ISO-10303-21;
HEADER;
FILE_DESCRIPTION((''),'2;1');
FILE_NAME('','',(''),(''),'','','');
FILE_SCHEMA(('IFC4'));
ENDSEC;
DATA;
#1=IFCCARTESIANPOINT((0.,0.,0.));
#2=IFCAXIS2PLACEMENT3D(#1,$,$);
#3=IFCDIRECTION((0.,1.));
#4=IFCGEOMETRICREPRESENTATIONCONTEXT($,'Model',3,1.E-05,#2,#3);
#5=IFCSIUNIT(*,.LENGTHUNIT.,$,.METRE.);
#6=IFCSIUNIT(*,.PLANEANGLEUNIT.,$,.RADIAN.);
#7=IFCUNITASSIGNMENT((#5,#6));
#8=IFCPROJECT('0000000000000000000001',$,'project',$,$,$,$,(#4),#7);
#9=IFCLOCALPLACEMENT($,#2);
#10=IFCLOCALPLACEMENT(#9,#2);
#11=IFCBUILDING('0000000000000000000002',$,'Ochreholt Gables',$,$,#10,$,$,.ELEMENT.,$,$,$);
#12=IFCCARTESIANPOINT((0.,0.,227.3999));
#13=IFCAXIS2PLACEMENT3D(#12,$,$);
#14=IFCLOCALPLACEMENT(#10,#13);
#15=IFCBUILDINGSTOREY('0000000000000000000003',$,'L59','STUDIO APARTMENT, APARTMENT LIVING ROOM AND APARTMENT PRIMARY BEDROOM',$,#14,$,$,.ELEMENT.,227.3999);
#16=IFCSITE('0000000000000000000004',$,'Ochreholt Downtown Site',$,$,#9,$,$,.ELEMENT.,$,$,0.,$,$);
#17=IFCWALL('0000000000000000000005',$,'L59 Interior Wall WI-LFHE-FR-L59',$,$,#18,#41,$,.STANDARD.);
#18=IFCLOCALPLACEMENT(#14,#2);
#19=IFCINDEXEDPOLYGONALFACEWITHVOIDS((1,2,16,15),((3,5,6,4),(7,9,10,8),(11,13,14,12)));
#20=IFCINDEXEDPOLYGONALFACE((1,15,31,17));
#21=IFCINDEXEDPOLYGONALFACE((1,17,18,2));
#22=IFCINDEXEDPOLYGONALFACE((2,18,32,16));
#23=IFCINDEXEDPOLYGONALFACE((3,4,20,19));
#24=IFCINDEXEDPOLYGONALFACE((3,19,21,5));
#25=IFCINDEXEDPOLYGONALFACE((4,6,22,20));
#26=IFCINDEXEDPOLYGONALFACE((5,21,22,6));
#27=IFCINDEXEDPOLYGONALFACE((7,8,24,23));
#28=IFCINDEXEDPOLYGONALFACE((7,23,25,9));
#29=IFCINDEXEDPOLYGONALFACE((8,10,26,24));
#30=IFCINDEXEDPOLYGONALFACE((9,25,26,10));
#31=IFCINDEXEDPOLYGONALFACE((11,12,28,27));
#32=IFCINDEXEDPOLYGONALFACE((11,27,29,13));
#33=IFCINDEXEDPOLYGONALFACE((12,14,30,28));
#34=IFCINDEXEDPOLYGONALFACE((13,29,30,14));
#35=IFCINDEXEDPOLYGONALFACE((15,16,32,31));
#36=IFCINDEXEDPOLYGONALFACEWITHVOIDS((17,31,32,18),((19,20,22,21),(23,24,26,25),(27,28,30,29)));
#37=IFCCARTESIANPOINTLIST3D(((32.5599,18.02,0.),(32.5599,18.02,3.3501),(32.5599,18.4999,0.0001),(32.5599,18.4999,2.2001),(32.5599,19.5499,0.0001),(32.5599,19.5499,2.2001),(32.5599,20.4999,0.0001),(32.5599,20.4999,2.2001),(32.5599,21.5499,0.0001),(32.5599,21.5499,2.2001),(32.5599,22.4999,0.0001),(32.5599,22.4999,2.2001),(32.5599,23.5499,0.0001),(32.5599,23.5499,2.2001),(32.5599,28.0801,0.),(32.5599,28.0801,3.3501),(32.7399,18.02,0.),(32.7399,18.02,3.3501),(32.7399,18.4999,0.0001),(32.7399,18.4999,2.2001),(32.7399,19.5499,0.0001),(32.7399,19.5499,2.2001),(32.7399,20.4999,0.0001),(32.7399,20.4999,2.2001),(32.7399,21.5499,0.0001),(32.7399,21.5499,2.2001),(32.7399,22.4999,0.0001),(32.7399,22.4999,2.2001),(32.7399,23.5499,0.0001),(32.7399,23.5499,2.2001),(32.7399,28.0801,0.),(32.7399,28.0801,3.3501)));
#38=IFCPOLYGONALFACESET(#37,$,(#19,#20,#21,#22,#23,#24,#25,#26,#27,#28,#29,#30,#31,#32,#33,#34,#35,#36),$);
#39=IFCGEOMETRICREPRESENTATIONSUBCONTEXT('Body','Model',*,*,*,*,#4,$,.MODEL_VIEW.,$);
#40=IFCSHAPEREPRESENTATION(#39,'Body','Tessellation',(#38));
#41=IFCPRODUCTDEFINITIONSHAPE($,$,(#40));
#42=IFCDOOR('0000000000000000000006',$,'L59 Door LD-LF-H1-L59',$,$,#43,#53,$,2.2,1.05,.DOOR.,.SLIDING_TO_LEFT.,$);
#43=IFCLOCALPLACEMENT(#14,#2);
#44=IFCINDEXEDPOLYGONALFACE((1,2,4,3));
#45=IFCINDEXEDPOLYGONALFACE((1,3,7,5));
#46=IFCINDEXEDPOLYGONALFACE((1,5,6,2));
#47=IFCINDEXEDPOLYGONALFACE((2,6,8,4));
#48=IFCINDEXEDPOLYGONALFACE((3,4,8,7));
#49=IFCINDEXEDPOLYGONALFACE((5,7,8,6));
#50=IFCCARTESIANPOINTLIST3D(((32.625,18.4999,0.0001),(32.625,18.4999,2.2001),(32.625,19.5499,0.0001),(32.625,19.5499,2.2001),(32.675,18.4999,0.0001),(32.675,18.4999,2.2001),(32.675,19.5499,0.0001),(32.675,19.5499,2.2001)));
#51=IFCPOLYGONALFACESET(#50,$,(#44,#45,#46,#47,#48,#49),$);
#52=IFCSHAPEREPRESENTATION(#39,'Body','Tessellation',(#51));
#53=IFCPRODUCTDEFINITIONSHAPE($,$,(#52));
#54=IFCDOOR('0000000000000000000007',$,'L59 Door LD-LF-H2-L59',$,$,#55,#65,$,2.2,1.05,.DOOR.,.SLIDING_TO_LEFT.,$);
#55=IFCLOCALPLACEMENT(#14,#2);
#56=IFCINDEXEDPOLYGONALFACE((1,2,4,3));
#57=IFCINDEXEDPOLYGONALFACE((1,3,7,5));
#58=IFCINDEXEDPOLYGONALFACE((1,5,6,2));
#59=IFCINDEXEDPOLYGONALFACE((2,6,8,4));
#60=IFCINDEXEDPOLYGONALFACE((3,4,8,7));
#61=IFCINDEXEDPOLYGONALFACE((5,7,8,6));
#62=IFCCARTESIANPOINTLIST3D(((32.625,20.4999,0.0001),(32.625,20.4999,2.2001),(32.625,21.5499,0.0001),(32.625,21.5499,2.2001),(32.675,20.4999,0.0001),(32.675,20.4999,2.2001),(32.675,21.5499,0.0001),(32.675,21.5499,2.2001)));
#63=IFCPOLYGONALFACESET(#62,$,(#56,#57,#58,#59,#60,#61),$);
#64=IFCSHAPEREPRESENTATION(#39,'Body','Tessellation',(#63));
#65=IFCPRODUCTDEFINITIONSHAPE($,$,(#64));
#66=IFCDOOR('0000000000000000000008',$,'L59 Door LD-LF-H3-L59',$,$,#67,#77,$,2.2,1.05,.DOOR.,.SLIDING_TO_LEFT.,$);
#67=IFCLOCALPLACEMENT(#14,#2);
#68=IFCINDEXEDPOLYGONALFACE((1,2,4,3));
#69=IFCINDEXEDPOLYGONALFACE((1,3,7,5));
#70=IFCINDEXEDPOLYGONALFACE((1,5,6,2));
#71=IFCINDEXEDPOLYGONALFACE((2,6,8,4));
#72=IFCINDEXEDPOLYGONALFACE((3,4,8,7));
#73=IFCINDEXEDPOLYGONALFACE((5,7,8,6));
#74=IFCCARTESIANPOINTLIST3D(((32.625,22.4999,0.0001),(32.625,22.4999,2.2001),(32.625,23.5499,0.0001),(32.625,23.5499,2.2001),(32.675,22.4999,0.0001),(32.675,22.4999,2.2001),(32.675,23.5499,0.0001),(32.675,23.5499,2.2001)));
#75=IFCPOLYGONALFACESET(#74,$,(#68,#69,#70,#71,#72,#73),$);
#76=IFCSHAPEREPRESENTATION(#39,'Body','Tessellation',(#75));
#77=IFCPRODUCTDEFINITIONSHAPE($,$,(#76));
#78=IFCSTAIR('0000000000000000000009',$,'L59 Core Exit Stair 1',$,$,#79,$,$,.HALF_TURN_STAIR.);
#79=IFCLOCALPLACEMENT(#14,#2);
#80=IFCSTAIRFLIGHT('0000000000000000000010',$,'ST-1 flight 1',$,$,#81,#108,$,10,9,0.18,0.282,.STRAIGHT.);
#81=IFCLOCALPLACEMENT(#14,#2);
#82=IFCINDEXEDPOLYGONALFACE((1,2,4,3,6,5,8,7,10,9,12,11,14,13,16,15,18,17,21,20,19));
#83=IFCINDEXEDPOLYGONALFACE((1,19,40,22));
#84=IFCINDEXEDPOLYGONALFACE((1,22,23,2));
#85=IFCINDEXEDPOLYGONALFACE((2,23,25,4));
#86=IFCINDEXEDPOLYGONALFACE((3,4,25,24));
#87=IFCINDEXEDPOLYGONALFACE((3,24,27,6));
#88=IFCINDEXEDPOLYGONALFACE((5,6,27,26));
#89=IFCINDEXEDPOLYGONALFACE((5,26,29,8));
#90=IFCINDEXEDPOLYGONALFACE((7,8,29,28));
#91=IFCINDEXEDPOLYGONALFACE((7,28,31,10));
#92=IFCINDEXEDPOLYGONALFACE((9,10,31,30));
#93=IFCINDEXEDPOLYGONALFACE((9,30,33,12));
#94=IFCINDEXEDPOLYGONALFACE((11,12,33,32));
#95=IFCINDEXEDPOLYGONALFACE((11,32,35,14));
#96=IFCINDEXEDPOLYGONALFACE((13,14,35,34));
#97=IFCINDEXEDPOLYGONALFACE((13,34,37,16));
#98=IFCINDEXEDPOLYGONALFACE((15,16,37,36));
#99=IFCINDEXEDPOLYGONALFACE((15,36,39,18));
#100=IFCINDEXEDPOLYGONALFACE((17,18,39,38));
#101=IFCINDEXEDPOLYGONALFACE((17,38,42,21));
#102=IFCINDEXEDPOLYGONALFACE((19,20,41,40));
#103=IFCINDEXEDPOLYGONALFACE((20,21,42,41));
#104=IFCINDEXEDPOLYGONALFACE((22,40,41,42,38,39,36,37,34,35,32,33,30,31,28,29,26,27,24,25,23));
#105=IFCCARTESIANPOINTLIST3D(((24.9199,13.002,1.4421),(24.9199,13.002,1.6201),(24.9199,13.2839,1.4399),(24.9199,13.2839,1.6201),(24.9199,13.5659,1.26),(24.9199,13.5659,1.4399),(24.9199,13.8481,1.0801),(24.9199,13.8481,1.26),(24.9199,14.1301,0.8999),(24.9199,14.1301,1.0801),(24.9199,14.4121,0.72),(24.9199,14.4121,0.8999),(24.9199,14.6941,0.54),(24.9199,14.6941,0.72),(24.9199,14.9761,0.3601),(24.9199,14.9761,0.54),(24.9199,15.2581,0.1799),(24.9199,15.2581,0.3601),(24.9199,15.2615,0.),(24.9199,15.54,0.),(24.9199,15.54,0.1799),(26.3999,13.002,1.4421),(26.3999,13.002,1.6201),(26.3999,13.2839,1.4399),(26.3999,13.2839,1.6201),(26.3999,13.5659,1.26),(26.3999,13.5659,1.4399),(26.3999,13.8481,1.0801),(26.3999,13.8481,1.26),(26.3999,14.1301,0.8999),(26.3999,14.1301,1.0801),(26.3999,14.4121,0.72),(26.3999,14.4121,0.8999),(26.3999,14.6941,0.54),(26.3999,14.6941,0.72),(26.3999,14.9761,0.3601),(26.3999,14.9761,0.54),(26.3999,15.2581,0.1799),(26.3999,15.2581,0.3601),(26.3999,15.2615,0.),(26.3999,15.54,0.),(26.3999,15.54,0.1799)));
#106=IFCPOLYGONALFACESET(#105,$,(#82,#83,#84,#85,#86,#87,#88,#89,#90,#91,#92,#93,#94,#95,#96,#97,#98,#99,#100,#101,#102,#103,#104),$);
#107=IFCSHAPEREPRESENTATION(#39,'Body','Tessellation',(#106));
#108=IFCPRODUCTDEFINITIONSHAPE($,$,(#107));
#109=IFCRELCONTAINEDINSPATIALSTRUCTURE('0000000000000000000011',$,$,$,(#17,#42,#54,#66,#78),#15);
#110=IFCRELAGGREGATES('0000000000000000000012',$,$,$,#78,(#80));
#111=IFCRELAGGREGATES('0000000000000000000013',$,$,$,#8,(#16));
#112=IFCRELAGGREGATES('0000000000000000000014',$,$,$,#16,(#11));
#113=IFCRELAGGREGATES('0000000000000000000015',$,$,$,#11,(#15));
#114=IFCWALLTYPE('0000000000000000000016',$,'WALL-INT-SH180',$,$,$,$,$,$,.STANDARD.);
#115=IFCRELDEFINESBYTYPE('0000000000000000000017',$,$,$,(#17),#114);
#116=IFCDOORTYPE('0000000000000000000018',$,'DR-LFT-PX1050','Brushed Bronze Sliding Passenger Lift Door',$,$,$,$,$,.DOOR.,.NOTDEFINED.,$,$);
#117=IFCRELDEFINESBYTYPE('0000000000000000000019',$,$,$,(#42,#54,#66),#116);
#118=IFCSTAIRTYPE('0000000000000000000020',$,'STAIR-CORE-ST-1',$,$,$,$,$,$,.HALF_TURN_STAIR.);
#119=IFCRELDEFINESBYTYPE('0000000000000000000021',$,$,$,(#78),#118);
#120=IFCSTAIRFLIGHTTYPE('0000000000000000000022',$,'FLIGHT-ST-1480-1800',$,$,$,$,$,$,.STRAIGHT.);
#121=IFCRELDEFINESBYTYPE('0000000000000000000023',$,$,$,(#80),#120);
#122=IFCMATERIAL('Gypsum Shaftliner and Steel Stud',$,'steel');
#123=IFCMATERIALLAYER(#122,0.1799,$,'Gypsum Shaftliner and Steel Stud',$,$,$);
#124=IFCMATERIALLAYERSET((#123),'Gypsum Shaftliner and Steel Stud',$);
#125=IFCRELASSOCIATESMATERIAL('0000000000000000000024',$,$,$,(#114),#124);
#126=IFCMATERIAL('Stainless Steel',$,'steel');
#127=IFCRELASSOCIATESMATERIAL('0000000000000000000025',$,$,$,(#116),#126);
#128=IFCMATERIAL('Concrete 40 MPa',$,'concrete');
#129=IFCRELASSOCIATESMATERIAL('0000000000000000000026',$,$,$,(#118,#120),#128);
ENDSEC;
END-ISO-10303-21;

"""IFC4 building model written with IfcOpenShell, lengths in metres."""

from ifc_helpers import new_model, si_unit, direction, frame, frame_2d, origin, place, context, subcontext, project, spatial, polyline, rectangle, outline, extrude, material, layer, layer_set, type_object, element, fill, aggregate, save


model = new_model("IFC4")

# Units and contexts
model_context = context("Model", 3, precision=1e-05, world=origin(), true_north=direction((0.0, 1.0)))
body_context = subcontext(model_context, "Body", "Model", "MODEL_VIEW")
ifc_project = project(units=[si_unit("LENGTHUNIT", "METRE"), si_unit("PLANEANGLEUNIT", "RADIAN")], contexts=[model_context])

# Site, building, storey
site_placement = place(None, origin())
site = spatial("IfcSite", under=ifc_project, at=site_placement, Name="Ochreholt Downtown Site", CompositionType="ELEMENT", RefElevation=0.0)
building_placement = place(site_placement, origin())
building = spatial("IfcBuilding", under=site, at=building_placement, Name="Ochreholt Gables", CompositionType="ELEMENT")
storey_placement = place(building_placement, frame((0.0, 0.0, 227.3999)))
storey = spatial("IfcBuildingStorey", under=building, at=storey_placement, Name="L59", Description="STUDIO APARTMENT, APARTMENT LIVING ROOM AND APARTMENT PRIMARY BEDROOM", CompositionType="ELEMENT", Elevation=227.3999)

# Shared definitions
ifc_material_1 = material(Name="Concrete 40 MPa", Category="concrete")

# Wall, openings, doors
ifc_material_2 = material(Name="Gypsum Shaftliner and Steel Stud", Category="steel")
ifc_layer_1 = layer(ifc_material_2, 0.1799, Name="Gypsum Shaftliner and Steel Stud")
ifc_layer_set_1 = layer_set([ifc_layer_1], Name="Gypsum Shaftliner and Steel Stud")
wall_type_1 = type_object("IfcWallType", Name="WALL-INT-SH180", PredefinedType="STANDARD", material=ifc_layer_set_1)
wall_1_placement = place(storey_placement, frame((32.6499, 18.02, 0.0), z_axis=(0.0, 0.0, 1.0), x_axis=(0.0, 1.0, 0.0)))
wall_1 = element("IfcWall", 1, at=wall_1_placement, inside=storey, type_object=wall_type_1, Name="L59 Interior Wall WI-LFHE-FR-L59", PredefinedType="STANDARD", context=body_context, shape_type="SweptSolid", body=[
    extrude(rectangle(XDim=10.0601, YDim=0.1799, at=frame_2d((5.03, 0.0))), origin(), (0.0, 0.0, 1.0), 3.3501),
])
opening_1_placement = place(wall_1_placement, frame((0.48, 0.0, 0.0)))
opening_1 = element("IfcOpeningElement", 2, at=opening_1_placement, cuts=wall_1, PredefinedType="OPENING", context=body_context, shape_type="SweptSolid", body=[
    extrude(rectangle(XDim=1.05, YDim=2.2, at=frame_2d((0.5249, 1.1001))), frame((0.0, 0.0999, 0.0), z_axis=(0.0, -1.0, 0.0), x_axis=(1.0, 0.0, 0.0)), (0.0, 0.0, 1.0), 0.2),
])
opening_2_placement = place(wall_1_placement, frame((2.48, 0.0, 0.0)))
opening_2 = element("IfcOpeningElement", 3, at=opening_2_placement, cuts=wall_1, PredefinedType="OPENING", context=body_context, shape_type="SweptSolid", body=[
    extrude(rectangle(XDim=1.05, YDim=2.2, at=frame_2d((0.5249, 1.1001))), frame((0.0, 0.0999, 0.0), z_axis=(0.0, -1.0, 0.0), x_axis=(1.0, 0.0, 0.0)), (0.0, 0.0, 1.0), 0.2),
])
opening_3_placement = place(wall_1_placement, frame((4.48, 0.0, 0.0)))
opening_3 = element("IfcOpeningElement", 4, at=opening_3_placement, cuts=wall_1, PredefinedType="OPENING", context=body_context, shape_type="SweptSolid", body=[
    extrude(rectangle(XDim=1.05, YDim=2.2, at=frame_2d((0.5249, 1.1001))), frame((0.0, 0.0999, 0.0), z_axis=(0.0, -1.0, 0.0), x_axis=(1.0, 0.0, 0.0)), (0.0, 0.0, 1.0), 0.2),
])
ifc_material_3 = material(Name="Stainless Steel", Category="steel")
door_type_1 = type_object("IfcDoorType", Name="DR-LFT-PX1050", Description="Brushed Bronze Sliding Passenger Lift Door", OperationType="NOTDEFINED", PredefinedType="DOOR", material=ifc_material_3)
door_1_placement = place(opening_1_placement, origin())
door_1 = element("IfcDoor", 5, at=door_1_placement, inside=storey, type_object=door_type_1, Name="L59 Door LD-LF-H1-L59", OperationType="SLIDING_TO_LEFT", OverallHeight=2.2, OverallWidth=1.05, PredefinedType="DOOR", context=body_context, shape_type="SweptSolid", body=[
    extrude(rectangle(XDim=1.05, YDim=2.2, at=frame_2d((0.5249, 1.1001))), frame((0.0, 0.0249, 0.0), z_axis=(0.0, -1.0, 0.0), x_axis=(1.0, 0.0, 0.0)), (0.0, 0.0, 1.0), 0.05),
])
fill(opening_1, door_1)
door_2_placement = place(opening_2_placement, origin())
door_2 = element("IfcDoor", 6, at=door_2_placement, inside=storey, type_object=door_type_1, Name="L59 Door LD-LF-H2-L59", OperationType="SLIDING_TO_LEFT", OverallHeight=2.2, OverallWidth=1.05, PredefinedType="DOOR", context=body_context, shape_type="SweptSolid", body=[
    extrude(rectangle(XDim=1.05, YDim=2.2, at=frame_2d((0.5249, 1.1001))), frame((0.0, 0.0249, 0.0), z_axis=(0.0, -1.0, 0.0), x_axis=(1.0, 0.0, 0.0)), (0.0, 0.0, 1.0), 0.05),
])
fill(opening_2, door_2)
door_3_placement = place(opening_3_placement, origin())
door_3 = element("IfcDoor", 7, at=door_3_placement, inside=storey, type_object=door_type_1, Name="L59 Door LD-LF-H3-L59", OperationType="SLIDING_TO_LEFT", OverallHeight=2.2, OverallWidth=1.05, PredefinedType="DOOR", context=body_context, shape_type="SweptSolid", body=[
    extrude(rectangle(XDim=1.05, YDim=2.2, at=frame_2d((0.5249, 1.1001))), frame((0.0, 0.0249, 0.0), z_axis=(0.0, -1.0, 0.0), x_axis=(1.0, 0.0, 0.0)), (0.0, 0.0, 1.0), 0.05),
])
fill(opening_3, door_3)

# Stair, stair flight
stair_type = type_object("IfcStairType", Name="STAIR-CORE-ST-1", PredefinedType="HALF_TURN_STAIR", material=ifc_material_1)
stair_placement = place(storey_placement, origin())
stair = element("IfcStair", 8, at=stair_placement, inside=storey, type_object=stair_type, Name="L59 Core Exit Stair 1", PredefinedType="HALF_TURN_STAIR")
stair_flight_type = type_object("IfcStairFlightType", Name="FLIGHT-ST-1480-1800", PredefinedType="STRAIGHT", material=ifc_material_1)
stair_flight_placement = place(storey_placement, frame((25.6599, 15.54, 0.0), z_axis=(0.0, 0.0, 1.0), x_axis=(0.0, -1.0, 0.0)))
stair_flight = element("IfcStairFlight", 9, at=stair_flight_placement, type_object=stair_flight_type, Name="ST-1 flight 1", NumberOfRisers=10, NumberOfTreads=9, PredefinedType="STRAIGHT", RiserHeight=0.18, TreadLength=0.282, context=body_context, shape_type="SweptSolid", body=[
    extrude(outline(polyline([(0.0, 0.0), (0.0, 0.1799), (0.282, 0.1799), (0.282, 0.3601), (0.564, 0.3601), (0.564, 0.54), (0.8459, 0.54), (0.8459, 0.72), (1.1279, 0.72), (1.1279, 0.8999), (1.4099, 0.8999), (1.4099, 1.0801), (1.6919, 1.0801), (1.6919, 1.26), (1.9741, 1.26), (1.9741, 1.4399), (2.2561, 1.4399), (2.2561, 1.6201), (2.5381, 1.6201), (2.5381, 1.8), (2.5381, 1.4421), (0.2786, 0.0), (0.0, 0.0)])), frame((0.0, 0.74, 0.0), z_axis=(0.0, -1.0, 0.0), x_axis=(1.0, 0.0, 0.0)), (0.0, 0.0, 1.0), 1.48),
])
aggregate(stair, [stair_flight])

save(model, "model.ifc")
